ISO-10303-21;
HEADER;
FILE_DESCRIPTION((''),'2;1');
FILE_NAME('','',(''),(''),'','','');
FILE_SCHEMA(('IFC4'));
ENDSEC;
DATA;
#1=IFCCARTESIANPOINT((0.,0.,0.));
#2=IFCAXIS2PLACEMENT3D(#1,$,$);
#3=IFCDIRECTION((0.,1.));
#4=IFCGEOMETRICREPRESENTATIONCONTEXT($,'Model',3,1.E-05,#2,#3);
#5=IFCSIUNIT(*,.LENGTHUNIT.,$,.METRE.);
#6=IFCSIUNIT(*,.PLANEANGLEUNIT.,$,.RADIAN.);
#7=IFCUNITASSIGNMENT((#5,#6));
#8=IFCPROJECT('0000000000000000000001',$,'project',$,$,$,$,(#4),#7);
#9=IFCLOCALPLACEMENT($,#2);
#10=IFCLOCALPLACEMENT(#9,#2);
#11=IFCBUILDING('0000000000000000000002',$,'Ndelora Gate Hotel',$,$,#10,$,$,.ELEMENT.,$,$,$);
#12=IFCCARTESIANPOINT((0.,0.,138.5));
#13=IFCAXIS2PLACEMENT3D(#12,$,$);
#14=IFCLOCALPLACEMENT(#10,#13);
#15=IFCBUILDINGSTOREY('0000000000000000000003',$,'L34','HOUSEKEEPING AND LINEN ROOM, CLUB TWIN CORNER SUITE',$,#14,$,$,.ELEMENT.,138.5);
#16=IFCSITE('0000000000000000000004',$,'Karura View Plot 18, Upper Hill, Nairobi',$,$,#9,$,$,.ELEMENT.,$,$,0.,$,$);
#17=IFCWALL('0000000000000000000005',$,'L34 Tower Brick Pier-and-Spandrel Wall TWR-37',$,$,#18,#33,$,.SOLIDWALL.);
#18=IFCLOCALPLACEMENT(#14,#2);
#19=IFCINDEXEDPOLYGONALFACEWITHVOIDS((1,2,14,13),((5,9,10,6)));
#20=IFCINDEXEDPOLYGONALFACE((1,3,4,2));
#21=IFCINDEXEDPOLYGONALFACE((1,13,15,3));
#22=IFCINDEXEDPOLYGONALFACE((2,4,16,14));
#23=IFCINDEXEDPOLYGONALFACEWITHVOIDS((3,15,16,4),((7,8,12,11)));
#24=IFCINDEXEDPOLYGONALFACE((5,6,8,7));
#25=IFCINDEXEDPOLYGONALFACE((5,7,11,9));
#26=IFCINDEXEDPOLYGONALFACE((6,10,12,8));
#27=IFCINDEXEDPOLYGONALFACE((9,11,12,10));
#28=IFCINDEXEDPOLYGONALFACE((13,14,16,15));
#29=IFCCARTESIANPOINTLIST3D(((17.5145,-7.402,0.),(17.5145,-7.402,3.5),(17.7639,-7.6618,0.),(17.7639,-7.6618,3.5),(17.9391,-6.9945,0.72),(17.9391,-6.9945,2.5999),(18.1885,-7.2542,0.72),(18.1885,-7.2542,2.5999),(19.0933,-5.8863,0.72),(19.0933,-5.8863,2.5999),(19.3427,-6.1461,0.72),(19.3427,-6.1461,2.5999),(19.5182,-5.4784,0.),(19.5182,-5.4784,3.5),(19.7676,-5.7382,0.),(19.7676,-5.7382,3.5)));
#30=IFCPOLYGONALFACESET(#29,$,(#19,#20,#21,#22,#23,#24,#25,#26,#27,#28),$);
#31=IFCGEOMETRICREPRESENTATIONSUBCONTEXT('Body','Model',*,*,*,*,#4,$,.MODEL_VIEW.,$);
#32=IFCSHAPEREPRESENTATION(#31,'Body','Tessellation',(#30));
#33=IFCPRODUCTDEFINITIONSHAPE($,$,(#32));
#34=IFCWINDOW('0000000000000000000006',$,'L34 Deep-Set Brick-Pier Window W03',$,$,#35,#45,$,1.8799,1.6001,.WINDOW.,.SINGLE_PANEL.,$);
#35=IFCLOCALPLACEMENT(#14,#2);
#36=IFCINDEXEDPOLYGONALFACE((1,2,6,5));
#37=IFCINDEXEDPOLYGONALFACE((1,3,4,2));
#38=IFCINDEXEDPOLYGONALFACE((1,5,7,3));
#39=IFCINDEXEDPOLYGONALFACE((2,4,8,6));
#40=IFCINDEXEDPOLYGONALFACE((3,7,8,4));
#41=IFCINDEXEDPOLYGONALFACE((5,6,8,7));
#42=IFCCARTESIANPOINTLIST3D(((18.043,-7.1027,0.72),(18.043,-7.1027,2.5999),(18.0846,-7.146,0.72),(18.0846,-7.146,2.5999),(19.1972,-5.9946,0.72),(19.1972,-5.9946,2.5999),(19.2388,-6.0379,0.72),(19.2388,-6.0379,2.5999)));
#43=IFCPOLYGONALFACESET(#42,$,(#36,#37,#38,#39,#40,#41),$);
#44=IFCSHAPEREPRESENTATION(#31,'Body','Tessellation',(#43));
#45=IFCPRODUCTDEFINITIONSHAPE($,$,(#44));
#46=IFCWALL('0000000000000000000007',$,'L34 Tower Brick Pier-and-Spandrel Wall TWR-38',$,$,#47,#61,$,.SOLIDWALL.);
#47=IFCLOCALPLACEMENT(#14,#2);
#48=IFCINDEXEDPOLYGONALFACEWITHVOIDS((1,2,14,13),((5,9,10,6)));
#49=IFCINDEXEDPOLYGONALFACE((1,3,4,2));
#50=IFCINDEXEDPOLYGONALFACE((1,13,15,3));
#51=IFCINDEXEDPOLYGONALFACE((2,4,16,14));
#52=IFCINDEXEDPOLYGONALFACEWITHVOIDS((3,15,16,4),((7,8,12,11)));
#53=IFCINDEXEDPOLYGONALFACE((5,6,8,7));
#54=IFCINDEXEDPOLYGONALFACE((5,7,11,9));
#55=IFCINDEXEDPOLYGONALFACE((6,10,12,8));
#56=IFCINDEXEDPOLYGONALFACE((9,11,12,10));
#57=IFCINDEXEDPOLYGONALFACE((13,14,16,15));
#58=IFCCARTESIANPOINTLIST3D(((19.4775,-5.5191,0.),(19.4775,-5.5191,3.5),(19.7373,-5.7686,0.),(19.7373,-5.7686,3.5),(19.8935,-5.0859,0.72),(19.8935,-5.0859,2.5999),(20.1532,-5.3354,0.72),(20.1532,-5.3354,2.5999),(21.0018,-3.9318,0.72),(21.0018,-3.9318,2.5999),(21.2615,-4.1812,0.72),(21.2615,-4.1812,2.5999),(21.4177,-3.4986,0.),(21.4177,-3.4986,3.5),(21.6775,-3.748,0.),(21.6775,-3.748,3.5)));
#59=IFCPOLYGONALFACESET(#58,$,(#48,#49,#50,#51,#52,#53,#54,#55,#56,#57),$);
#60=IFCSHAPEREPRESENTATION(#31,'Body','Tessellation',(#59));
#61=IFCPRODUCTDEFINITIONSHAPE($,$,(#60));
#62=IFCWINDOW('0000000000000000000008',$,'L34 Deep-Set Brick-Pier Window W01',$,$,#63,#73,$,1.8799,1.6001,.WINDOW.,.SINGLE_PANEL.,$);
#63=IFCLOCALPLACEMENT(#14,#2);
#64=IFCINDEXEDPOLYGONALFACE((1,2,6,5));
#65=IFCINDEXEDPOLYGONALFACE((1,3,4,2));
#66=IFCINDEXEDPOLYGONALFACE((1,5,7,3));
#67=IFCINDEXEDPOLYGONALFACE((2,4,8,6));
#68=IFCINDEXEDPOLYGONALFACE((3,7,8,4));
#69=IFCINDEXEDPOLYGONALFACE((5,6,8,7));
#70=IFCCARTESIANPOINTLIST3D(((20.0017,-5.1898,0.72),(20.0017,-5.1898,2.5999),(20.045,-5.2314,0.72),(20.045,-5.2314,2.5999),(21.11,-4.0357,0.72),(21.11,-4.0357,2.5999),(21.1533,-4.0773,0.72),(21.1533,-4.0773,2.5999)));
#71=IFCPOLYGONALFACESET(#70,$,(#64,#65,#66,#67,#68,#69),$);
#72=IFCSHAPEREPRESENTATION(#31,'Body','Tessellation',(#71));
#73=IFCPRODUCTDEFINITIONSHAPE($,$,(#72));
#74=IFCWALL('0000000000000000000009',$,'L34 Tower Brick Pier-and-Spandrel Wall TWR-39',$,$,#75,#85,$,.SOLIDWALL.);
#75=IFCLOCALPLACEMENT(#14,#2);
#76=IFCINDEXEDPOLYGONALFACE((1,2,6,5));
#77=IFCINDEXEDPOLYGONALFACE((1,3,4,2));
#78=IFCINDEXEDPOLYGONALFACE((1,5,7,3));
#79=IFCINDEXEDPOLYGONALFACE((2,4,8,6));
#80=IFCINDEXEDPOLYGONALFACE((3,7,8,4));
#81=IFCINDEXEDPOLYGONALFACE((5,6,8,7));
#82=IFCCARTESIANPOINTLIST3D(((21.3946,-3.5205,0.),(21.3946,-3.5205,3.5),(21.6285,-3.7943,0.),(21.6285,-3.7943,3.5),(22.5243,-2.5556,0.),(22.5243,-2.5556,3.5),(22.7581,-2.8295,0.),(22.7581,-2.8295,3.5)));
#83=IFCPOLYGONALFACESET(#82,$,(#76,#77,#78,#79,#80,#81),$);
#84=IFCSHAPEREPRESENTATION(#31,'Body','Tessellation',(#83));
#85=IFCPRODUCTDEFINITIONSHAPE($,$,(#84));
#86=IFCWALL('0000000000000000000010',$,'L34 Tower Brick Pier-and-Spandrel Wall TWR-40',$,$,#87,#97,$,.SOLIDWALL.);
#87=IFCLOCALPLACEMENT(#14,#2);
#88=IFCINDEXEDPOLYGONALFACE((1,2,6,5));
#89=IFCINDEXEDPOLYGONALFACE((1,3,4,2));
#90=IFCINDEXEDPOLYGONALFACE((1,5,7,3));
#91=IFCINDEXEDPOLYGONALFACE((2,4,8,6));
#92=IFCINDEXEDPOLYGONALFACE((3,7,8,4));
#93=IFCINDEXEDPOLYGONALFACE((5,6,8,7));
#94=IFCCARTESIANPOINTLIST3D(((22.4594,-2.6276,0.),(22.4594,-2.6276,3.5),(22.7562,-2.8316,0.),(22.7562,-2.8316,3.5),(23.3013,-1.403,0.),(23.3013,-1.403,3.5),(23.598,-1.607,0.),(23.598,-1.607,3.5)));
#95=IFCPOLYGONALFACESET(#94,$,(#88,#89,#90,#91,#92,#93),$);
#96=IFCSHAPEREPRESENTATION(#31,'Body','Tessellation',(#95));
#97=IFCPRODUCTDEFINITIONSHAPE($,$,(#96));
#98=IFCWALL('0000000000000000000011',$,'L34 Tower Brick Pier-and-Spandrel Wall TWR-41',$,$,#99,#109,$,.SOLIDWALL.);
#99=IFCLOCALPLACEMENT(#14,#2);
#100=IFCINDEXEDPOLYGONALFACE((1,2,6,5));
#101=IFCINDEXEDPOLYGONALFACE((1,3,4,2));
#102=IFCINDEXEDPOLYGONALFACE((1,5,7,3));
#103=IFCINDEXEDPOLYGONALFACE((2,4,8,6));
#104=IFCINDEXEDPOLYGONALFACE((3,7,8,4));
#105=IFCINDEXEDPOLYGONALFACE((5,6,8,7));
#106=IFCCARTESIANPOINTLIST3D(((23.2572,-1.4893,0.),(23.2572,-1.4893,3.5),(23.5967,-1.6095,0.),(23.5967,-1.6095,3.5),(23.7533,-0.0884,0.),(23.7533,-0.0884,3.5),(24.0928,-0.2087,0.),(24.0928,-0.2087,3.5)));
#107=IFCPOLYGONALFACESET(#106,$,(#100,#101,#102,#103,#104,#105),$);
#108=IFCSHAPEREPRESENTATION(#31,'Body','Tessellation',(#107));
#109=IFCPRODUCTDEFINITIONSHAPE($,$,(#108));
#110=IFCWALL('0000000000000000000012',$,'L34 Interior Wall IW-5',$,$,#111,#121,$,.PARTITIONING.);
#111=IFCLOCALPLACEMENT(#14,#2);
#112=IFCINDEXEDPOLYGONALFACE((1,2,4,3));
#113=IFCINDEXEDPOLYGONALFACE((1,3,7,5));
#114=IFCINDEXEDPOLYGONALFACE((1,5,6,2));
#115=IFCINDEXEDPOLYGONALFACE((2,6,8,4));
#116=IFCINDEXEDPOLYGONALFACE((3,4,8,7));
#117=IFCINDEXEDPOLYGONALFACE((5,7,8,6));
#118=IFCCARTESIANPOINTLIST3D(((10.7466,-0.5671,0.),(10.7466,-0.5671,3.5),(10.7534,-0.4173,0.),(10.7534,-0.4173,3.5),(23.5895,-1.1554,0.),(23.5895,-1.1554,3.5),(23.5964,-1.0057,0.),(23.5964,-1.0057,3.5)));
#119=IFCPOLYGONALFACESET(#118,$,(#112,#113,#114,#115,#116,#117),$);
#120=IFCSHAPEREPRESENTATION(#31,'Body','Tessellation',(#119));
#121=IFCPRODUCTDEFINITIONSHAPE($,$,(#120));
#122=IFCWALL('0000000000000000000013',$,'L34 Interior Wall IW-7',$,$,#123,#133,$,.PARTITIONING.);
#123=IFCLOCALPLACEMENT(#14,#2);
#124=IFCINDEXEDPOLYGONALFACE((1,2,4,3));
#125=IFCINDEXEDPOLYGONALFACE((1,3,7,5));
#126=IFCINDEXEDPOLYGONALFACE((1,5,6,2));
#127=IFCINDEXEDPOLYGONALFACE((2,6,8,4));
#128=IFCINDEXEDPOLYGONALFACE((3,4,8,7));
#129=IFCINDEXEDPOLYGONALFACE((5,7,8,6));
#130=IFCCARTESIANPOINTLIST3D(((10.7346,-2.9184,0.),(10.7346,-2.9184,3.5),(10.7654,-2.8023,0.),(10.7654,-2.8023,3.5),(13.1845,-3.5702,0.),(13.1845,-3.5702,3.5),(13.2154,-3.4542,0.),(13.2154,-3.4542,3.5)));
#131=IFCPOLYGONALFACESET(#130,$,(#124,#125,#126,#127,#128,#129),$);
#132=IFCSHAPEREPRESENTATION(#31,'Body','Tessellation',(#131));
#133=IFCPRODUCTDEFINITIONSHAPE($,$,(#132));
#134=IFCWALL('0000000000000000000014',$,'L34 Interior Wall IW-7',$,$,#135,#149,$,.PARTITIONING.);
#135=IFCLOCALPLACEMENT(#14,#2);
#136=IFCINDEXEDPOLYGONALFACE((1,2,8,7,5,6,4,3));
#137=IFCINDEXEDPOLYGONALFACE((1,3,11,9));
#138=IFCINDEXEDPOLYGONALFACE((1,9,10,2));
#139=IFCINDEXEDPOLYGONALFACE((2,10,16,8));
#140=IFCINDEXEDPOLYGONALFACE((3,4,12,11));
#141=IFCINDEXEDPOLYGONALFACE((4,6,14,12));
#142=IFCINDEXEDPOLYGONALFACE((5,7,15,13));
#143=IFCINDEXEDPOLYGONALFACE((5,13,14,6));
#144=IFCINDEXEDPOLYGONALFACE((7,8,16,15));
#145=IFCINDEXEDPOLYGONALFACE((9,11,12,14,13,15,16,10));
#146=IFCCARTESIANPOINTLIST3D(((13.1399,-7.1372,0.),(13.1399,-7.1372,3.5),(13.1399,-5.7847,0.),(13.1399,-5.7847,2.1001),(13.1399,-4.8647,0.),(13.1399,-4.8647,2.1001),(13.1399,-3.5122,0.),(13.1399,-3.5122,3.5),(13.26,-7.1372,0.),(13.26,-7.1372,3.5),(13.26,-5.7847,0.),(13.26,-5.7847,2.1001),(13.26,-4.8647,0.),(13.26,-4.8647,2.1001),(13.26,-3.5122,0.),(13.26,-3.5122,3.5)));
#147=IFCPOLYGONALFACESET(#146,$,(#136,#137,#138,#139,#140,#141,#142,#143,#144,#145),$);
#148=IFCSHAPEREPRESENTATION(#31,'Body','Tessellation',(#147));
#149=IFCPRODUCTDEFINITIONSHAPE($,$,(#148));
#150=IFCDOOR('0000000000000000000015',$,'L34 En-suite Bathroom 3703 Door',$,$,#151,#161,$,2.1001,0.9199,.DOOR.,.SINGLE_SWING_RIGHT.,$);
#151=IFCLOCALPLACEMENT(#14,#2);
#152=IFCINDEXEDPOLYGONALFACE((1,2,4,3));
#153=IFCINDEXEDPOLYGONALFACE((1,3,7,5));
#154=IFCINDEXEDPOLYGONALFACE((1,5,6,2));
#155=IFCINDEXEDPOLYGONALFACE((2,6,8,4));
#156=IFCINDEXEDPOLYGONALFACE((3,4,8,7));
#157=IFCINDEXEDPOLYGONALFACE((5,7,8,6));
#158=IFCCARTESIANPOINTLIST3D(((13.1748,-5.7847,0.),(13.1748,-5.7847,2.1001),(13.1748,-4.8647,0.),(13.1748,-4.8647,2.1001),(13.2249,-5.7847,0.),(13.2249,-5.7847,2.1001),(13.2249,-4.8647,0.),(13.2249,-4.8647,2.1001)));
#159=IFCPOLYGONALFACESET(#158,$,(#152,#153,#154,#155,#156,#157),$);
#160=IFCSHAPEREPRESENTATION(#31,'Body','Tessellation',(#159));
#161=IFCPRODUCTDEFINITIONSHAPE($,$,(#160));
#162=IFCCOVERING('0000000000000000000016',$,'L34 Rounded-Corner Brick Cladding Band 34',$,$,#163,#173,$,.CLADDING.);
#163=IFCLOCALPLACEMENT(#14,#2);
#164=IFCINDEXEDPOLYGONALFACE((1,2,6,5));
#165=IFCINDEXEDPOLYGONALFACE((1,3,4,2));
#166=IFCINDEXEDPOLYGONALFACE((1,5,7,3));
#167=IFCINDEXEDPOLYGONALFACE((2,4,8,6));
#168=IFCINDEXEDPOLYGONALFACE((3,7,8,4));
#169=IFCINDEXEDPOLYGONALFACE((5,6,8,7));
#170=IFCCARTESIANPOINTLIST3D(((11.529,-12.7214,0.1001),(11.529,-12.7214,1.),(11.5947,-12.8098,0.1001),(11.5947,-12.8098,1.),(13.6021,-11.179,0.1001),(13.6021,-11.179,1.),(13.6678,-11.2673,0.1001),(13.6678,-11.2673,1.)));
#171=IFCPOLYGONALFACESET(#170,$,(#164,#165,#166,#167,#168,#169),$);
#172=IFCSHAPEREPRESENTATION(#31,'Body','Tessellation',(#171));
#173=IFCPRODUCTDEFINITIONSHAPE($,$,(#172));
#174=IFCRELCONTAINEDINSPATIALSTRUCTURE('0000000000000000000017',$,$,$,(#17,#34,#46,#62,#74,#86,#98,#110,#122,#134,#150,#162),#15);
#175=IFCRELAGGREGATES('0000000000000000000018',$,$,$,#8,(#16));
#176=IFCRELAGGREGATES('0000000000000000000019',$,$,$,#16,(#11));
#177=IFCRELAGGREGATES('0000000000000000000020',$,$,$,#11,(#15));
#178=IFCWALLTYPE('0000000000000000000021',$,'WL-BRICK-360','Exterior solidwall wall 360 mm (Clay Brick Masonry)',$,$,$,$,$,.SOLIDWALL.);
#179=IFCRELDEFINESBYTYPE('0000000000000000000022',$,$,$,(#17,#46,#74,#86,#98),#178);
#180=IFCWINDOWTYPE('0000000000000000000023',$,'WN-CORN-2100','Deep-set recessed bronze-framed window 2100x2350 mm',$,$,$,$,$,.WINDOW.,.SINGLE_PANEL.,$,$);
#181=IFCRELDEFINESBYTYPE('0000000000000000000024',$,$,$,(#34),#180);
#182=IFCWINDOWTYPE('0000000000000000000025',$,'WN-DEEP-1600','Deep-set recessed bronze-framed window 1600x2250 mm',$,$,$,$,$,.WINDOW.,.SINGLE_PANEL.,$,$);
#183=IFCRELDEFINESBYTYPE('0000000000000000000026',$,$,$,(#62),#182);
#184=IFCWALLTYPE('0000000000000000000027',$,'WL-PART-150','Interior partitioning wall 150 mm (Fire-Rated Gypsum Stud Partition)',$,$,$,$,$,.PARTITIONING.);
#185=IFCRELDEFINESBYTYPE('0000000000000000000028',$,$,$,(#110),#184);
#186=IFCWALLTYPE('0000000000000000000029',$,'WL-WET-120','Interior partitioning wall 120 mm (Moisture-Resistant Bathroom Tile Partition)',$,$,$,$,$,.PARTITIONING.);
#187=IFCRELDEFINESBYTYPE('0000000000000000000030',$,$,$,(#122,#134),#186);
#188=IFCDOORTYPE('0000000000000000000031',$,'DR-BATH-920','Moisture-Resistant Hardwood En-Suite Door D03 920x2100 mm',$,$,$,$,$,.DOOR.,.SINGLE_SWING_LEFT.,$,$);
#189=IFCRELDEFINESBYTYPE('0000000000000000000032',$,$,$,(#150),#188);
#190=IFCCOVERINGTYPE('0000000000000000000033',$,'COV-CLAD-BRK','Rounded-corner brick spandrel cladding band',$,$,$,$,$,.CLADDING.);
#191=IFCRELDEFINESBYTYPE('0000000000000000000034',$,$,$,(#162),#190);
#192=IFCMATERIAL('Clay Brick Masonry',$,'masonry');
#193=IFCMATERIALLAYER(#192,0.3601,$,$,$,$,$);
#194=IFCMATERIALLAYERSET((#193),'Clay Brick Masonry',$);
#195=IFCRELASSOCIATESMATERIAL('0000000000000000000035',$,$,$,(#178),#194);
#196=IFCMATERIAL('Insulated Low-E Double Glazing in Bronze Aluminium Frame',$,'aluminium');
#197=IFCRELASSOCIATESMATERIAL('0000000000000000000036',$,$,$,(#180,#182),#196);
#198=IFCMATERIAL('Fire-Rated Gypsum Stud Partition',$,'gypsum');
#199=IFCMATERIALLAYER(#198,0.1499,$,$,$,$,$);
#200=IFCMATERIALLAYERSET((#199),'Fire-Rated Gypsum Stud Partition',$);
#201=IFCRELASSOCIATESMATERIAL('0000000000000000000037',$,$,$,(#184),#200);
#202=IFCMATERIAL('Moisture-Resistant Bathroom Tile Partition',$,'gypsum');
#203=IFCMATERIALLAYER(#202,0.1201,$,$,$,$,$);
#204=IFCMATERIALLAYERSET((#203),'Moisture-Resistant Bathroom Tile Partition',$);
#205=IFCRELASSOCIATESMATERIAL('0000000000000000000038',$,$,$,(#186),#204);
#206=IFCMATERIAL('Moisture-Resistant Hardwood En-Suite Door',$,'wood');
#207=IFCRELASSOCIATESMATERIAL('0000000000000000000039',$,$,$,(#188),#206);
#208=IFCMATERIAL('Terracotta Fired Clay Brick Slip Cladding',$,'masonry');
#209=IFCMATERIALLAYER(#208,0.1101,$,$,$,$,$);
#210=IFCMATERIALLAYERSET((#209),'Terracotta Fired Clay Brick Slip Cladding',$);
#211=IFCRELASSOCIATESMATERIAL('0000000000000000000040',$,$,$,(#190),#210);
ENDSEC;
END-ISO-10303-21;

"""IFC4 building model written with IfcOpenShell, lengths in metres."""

from ifc_helpers import new_model, si_unit, direction, frame, frame_2d, origin, origin_2d, place, context, subcontext, project, spatial, rectangle, extrude, material, layer, layer_set, type_object, element, fill, save


model = new_model("IFC4")

# Units and contexts
model_context = context("Model", 3, precision=1e-05, world=origin(), true_north=direction((0.0, 1.0)))
body_context = subcontext(model_context, "Body", "Model", "MODEL_VIEW")
ifc_project = project(units=[si_unit("LENGTHUNIT", "METRE"), si_unit("PLANEANGLEUNIT", "RADIAN")], contexts=[model_context])

# Site, building, storey
site_placement = place(None, origin())
site = spatial("IfcSite", under=ifc_project, at=site_placement, Name="Karura View Plot 18, Upper Hill, Nairobi", CompositionType="ELEMENT", RefElevation=0.0)
building_placement = place(site_placement, origin())
building = spatial("IfcBuilding", under=site, at=building_placement, Name="Ndelora Gate Hotel", CompositionType="ELEMENT")
storey_placement = place(building_placement, frame((0.0, 0.0, 138.5)))
storey = spatial("IfcBuildingStorey", under=building, at=storey_placement, Name="L34", Description="HOUSEKEEPING AND LINEN ROOM, CLUB TWIN CORNER SUITE", CompositionType="ELEMENT", Elevation=138.5)

# Shared definitions
ifc_material_1 = material(Name="Clay Brick Masonry", Category="masonry")
ifc_layer_1 = layer(ifc_material_1, 0.3601)
ifc_layer_set_1 = layer_set([ifc_layer_1], Name="Clay Brick Masonry")
wall_type_1 = type_object("IfcWallType", Name="WL-BRICK-360", Description="Exterior solidwall wall 360 mm (Clay Brick Masonry)", PredefinedType="SOLIDWALL", material=ifc_layer_set_1)
ifc_material_2 = material(Name="Insulated Low-E Double Glazing in Bronze Aluminium Frame", Category="aluminium")

# Walls, openings, windows
wall_1_placement = place(storey_placement, frame((19.6428, -5.6084, 0.0), z_axis=(0.0, 0.0, 1.0), x_axis=(-0.721375, -0.692545, 0.0)))
wall_1 = element("IfcWall", 1, at=wall_1_placement, inside=storey, type_object=wall_type_1, Name="L34 Tower Brick Pier-and-Spandrel Wall TWR-37", PredefinedType="SOLIDWALL", context=body_context, shape_type="SweptSolid", body=[
    extrude(rectangle(XDim=2.7776, YDim=0.3601, at=frame_2d((1.3887, 0.0))), origin(), (0.0, 0.0, 1.0), 3.5),
])
opening_1_placement = place(wall_1_placement, frame((0.5889, 0.0, 0.72)))
opening_1 = element("IfcOpeningElement", 2, at=opening_1_placement, cuts=wall_1, PredefinedType="OPENING", context=body_context, shape_type="SweptSolid", body=[
    extrude(rectangle(XDim=1.6001, YDim=1.8799, at=frame_2d((0.8, 0.9399))), frame((0.0, 0.1899, 0.0), z_axis=(0.0, -1.0, 0.0), x_axis=(1.0, 0.0, 0.0)), (0.0, 0.0, 1.0), 0.3801),
])
window_type_1 = type_object("IfcWindowType", Name="WN-CORN-2100", Description="Deep-set recessed bronze-framed window 2100x2350 mm", PartitioningType="SINGLE_PANEL", PredefinedType="WINDOW", material=ifc_material_2)
window_1_placement = place(opening_1_placement, origin())
window_1 = element("IfcWindow", 3, at=window_1_placement, inside=storey, type_object=window_type_1, Name="L34 Deep-Set Brick-Pier Window W03", OverallHeight=1.8799, OverallWidth=1.6001, PartitioningType="SINGLE_PANEL", PredefinedType="WINDOW", context=body_context, shape_type="SweptSolid", body=[
    extrude(rectangle(XDim=1.6001, YDim=1.8799, at=frame_2d((0.8, 0.9399))), frame((0.0, 0.03, 0.0), z_axis=(0.0, -1.0, 0.0), x_axis=(1.0, 0.0, 0.0)), (0.0, 0.0, 1.0), 0.0601),
])
fill(opening_1, window_1)
wall_2_placement = place(storey_placement, frame((21.5476, -3.6233, 0.0), z_axis=(0.0, 0.0, 1.0), x_axis=(-0.692624, -0.721298, 0.0)))
wall_2 = element("IfcWall", 4, at=wall_2_placement, inside=storey, type_object=wall_type_1, Name="L34 Tower Brick Pier-and-Spandrel Wall TWR-38", PredefinedType="SOLIDWALL", context=body_context, shape_type="SweptSolid", body=[
    extrude(rectangle(XDim=2.8013, YDim=0.3601, at=frame_2d((1.4006, 0.0))), origin(), (0.0, 0.0, 1.0), 3.5),
])
opening_2_placement = place(wall_2_placement, frame((0.6006, 0.0, 0.72)))
opening_2 = element("IfcOpeningElement", 5, at=opening_2_placement, cuts=wall_2, PredefinedType="OPENING", context=body_context, shape_type="SweptSolid", body=[
    extrude(rectangle(XDim=1.6001, YDim=1.8799, at=frame_2d((0.8, 0.9399))), frame((0.0, 0.1899, 0.0), z_axis=(0.0, -1.0, 0.0), x_axis=(1.0, 0.0, 0.0)), (0.0, 0.0, 1.0), 0.3801),
])
window_type_2 = type_object("IfcWindowType", Name="WN-DEEP-1600", Description="Deep-set recessed bronze-framed window 1600x2250 mm", PartitioningType="SINGLE_PANEL", PredefinedType="WINDOW", material=ifc_material_2)
window_2_placement = place(opening_2_placement, origin())
window_2 = element("IfcWindow", 6, at=window_2_placement, inside=storey, type_object=window_type_2, Name="L34 Deep-Set Brick-Pier Window W01", OverallHeight=1.8799, OverallWidth=1.6001, PartitioningType="SINGLE_PANEL", PredefinedType="WINDOW", context=body_context, shape_type="SweptSolid", body=[
    extrude(rectangle(XDim=1.6001, YDim=1.8799, at=frame_2d((0.8, 0.9399))), frame((0.0, 0.03, 0.0), z_axis=(0.0, -1.0, 0.0), x_axis=(1.0, 0.0, 0.0)), (0.0, 0.0, 1.0), 0.0601),
])
fill(opening_2, window_2)

# Walls
wall_3_placement = place(storey_placement, frame((22.6411, -2.6926, 0.0), z_axis=(0.0, 0.0, 1.0), x_axis=(-0.760392, -0.649464, 0.0)))
element("IfcWall", 7, at=wall_3_placement, inside=storey, type_object=wall_type_1, Name="L34 Tower Brick Pier-and-Spandrel Wall TWR-39", PredefinedType="SOLIDWALL", context=body_context, shape_type="SweptSolid", body=[
    extrude(rectangle(XDim=1.4856, YDim=0.3601, at=frame_2d((0.7427, 0.0))), origin(), (0.0, 0.0, 1.0), 3.5),
])
for number, where, z_axis, x_axis, name in (
    (8, (23.4497, -1.5049, 0.0), (0.0, 0.0, 1.0), (-0.566473, -0.82408, 0.0), "L34 Tower Brick Pier-and-Spandrel Wall TWR-40"),
    (9, (23.9231, -0.1484, 0.0), (0.0, 0.0, 1.0), (-0.333817, -0.942638, 0.0), "L34 Tower Brick Pier-and-Spandrel Wall TWR-41"),
):
    element("IfcWall", number, at=place(storey_placement, frame(where, z_axis=z_axis, x_axis=x_axis)), inside=storey, type_object=wall_type_1, Name=name, PredefinedType="SOLIDWALL", context=body_context, shape_type="SweptSolid", body=[
        extrude(rectangle(XDim=1.4861, YDim=0.3601, at=frame_2d((0.7432, 0.0))), origin(), (0.0, 0.0, 1.0), 3.5),
    ])
ifc_material_3 = material(Name="Fire-Rated Gypsum Stud Partition", Category="gypsum")
ifc_layer_2 = layer(ifc_material_3, 0.1499)
ifc_layer_set_2 = layer_set([ifc_layer_2], Name="Fire-Rated Gypsum Stud Partition")
wall_type_2 = type_object("IfcWallType", Name="WL-PART-150", Description="Interior partitioning wall 150 mm (Fire-Rated Gypsum Stud Partition)", PredefinedType="PARTITIONING", material=ifc_layer_set_2)
wall_4_placement = place(storey_placement, frame((10.75, -0.4922, 0.0), z_axis=(0.0, 0.0, 1.0), x_axis=(0.998952, -0.045765, 0.0)))
element("IfcWall", 10, at=wall_4_placement, inside=storey, type_object=wall_type_2, Name="L34 Interior Wall IW-5", PredefinedType="PARTITIONING", context=body_context, shape_type="SweptSolid", body=[
    extrude(rectangle(XDim=12.8564, YDim=0.1499, at=frame_2d((6.4282, 0.0))), origin(), (0.0, 0.0, 1.0), 3.5),
])
ifc_material_4 = material(Name="Moisture-Resistant Bathroom Tile Partition", Category="gypsum")
ifc_layer_3 = layer(ifc_material_4, 0.1201)
ifc_layer_set_3 = layer_set([ifc_layer_3], Name="Moisture-Resistant Bathroom Tile Partition")
wall_type_3 = type_object("IfcWallType", Name="WL-WET-120", Description="Interior partitioning wall 120 mm (Moisture-Resistant Bathroom Tile Partition)", PredefinedType="PARTITIONING", material=ifc_layer_set_3)
wall_5_placement = place(storey_placement, frame((10.75, -2.8604, 0.0), z_axis=(0.0, 0.0, 1.0), x_axis=(0.966379, -0.257123, 0.0)))
element("IfcWall", 11, at=wall_5_placement, inside=storey, type_object=wall_type_3, Name="L34 Interior Wall IW-7", PredefinedType="PARTITIONING", context=body_context, shape_type="SweptSolid", body=[
    extrude(rectangle(XDim=2.5352, YDim=0.1201, at=frame_2d((1.2676, 0.0))), origin(), (0.0, 0.0, 1.0), 3.5),
])

# Wall, opening, door
wall_6_placement = place(storey_placement, frame((13.2, -3.5122, 0.0), z_axis=(0.0, 0.0, 1.0), x_axis=(0.0, -1.0, 0.0)))
wall_6 = element("IfcWall", 12, at=wall_6_placement, inside=storey, type_object=wall_type_3, Name="L34 Interior Wall IW-7", PredefinedType="PARTITIONING", context=body_context, shape_type="SweptSolid", body=[
    extrude(rectangle(XDim=3.625, YDim=0.1201, at=frame_2d((1.8125, 0.0))), origin(), (0.0, 0.0, 1.0), 3.5),
])
opening_3_placement = place(wall_6_placement, frame((1.3525, 0.0, 0.0)))
opening_3 = element("IfcOpeningElement", 13, at=opening_3_placement, cuts=wall_6, PredefinedType="OPENING", context=body_context, shape_type="SweptSolid", body=[
    extrude(rectangle(XDim=0.9199, YDim=2.1001, at=frame_2d((0.46, 1.05))), frame((0.0, 0.0701, 0.0), z_axis=(0.0, -1.0, 0.0), x_axis=(1.0, 0.0, 0.0)), (0.0, 0.0, 1.0), 0.1401),
])
ifc_material_5 = material(Name="Moisture-Resistant Hardwood En-Suite Door", Category="wood")
door_type = type_object("IfcDoorType", Name="DR-BATH-920", Description="Moisture-Resistant Hardwood En-Suite Door D03 920x2100 mm", OperationType="SINGLE_SWING_LEFT", PredefinedType="DOOR", material=ifc_material_5)
door_placement = place(opening_3_placement, origin())
door = element("IfcDoor", 14, at=door_placement, inside=storey, type_object=door_type, Name="L34 En-suite Bathroom 3703 Door", OperationType="SINGLE_SWING_RIGHT", OverallHeight=2.1001, OverallWidth=0.9199, PredefinedType="DOOR", context=body_context, shape_type="SweptSolid", body=[
    extrude(rectangle(XDim=0.9199, YDim=2.1001, at=frame_2d((0.46, 1.05))), frame((0.0, 0.0249, 0.0), z_axis=(0.0, -1.0, 0.0), x_axis=(1.0, 0.0, 0.0)), (0.0, 0.0, 1.0), 0.05),
])
fill(opening_3, door)

# Covering
ifc_material_6 = material(Name="Terracotta Fired Clay Brick Slip Cladding", Category="masonry")
ifc_layer_4 = layer(ifc_material_6, 0.1101)
ifc_layer_set_4 = layer_set([ifc_layer_4], Name="Terracotta Fired Clay Brick Slip Cladding")
covering_type_1 = type_object("IfcCoveringType", Name="COV-CLAD-BRK", Description="Rounded-corner brick spandrel cladding band", PredefinedType="CLADDING", material=ifc_layer_set_4)
covering_1_placement = place(storey_placement, frame((12.5984, -11.9944, 0.1001), z_axis=(0.0, 0.0, 1.0), x_axis=(0.802297, 0.596925, 0.0)))
element("IfcCovering", 15, at=covering_1_placement, inside=storey, type_object=covering_type_1, Name="L34 Rounded-Corner Brick Cladding Band 34", PredefinedType="CLADDING", context=body_context, shape_type="SweptSolid", body=[
    extrude(rectangle(XDim=2.584, YDim=0.1101, at=origin_2d()), origin(), (0.0, 0.0, 1.0), 0.8999),
])

save(model, "model.ifc")
